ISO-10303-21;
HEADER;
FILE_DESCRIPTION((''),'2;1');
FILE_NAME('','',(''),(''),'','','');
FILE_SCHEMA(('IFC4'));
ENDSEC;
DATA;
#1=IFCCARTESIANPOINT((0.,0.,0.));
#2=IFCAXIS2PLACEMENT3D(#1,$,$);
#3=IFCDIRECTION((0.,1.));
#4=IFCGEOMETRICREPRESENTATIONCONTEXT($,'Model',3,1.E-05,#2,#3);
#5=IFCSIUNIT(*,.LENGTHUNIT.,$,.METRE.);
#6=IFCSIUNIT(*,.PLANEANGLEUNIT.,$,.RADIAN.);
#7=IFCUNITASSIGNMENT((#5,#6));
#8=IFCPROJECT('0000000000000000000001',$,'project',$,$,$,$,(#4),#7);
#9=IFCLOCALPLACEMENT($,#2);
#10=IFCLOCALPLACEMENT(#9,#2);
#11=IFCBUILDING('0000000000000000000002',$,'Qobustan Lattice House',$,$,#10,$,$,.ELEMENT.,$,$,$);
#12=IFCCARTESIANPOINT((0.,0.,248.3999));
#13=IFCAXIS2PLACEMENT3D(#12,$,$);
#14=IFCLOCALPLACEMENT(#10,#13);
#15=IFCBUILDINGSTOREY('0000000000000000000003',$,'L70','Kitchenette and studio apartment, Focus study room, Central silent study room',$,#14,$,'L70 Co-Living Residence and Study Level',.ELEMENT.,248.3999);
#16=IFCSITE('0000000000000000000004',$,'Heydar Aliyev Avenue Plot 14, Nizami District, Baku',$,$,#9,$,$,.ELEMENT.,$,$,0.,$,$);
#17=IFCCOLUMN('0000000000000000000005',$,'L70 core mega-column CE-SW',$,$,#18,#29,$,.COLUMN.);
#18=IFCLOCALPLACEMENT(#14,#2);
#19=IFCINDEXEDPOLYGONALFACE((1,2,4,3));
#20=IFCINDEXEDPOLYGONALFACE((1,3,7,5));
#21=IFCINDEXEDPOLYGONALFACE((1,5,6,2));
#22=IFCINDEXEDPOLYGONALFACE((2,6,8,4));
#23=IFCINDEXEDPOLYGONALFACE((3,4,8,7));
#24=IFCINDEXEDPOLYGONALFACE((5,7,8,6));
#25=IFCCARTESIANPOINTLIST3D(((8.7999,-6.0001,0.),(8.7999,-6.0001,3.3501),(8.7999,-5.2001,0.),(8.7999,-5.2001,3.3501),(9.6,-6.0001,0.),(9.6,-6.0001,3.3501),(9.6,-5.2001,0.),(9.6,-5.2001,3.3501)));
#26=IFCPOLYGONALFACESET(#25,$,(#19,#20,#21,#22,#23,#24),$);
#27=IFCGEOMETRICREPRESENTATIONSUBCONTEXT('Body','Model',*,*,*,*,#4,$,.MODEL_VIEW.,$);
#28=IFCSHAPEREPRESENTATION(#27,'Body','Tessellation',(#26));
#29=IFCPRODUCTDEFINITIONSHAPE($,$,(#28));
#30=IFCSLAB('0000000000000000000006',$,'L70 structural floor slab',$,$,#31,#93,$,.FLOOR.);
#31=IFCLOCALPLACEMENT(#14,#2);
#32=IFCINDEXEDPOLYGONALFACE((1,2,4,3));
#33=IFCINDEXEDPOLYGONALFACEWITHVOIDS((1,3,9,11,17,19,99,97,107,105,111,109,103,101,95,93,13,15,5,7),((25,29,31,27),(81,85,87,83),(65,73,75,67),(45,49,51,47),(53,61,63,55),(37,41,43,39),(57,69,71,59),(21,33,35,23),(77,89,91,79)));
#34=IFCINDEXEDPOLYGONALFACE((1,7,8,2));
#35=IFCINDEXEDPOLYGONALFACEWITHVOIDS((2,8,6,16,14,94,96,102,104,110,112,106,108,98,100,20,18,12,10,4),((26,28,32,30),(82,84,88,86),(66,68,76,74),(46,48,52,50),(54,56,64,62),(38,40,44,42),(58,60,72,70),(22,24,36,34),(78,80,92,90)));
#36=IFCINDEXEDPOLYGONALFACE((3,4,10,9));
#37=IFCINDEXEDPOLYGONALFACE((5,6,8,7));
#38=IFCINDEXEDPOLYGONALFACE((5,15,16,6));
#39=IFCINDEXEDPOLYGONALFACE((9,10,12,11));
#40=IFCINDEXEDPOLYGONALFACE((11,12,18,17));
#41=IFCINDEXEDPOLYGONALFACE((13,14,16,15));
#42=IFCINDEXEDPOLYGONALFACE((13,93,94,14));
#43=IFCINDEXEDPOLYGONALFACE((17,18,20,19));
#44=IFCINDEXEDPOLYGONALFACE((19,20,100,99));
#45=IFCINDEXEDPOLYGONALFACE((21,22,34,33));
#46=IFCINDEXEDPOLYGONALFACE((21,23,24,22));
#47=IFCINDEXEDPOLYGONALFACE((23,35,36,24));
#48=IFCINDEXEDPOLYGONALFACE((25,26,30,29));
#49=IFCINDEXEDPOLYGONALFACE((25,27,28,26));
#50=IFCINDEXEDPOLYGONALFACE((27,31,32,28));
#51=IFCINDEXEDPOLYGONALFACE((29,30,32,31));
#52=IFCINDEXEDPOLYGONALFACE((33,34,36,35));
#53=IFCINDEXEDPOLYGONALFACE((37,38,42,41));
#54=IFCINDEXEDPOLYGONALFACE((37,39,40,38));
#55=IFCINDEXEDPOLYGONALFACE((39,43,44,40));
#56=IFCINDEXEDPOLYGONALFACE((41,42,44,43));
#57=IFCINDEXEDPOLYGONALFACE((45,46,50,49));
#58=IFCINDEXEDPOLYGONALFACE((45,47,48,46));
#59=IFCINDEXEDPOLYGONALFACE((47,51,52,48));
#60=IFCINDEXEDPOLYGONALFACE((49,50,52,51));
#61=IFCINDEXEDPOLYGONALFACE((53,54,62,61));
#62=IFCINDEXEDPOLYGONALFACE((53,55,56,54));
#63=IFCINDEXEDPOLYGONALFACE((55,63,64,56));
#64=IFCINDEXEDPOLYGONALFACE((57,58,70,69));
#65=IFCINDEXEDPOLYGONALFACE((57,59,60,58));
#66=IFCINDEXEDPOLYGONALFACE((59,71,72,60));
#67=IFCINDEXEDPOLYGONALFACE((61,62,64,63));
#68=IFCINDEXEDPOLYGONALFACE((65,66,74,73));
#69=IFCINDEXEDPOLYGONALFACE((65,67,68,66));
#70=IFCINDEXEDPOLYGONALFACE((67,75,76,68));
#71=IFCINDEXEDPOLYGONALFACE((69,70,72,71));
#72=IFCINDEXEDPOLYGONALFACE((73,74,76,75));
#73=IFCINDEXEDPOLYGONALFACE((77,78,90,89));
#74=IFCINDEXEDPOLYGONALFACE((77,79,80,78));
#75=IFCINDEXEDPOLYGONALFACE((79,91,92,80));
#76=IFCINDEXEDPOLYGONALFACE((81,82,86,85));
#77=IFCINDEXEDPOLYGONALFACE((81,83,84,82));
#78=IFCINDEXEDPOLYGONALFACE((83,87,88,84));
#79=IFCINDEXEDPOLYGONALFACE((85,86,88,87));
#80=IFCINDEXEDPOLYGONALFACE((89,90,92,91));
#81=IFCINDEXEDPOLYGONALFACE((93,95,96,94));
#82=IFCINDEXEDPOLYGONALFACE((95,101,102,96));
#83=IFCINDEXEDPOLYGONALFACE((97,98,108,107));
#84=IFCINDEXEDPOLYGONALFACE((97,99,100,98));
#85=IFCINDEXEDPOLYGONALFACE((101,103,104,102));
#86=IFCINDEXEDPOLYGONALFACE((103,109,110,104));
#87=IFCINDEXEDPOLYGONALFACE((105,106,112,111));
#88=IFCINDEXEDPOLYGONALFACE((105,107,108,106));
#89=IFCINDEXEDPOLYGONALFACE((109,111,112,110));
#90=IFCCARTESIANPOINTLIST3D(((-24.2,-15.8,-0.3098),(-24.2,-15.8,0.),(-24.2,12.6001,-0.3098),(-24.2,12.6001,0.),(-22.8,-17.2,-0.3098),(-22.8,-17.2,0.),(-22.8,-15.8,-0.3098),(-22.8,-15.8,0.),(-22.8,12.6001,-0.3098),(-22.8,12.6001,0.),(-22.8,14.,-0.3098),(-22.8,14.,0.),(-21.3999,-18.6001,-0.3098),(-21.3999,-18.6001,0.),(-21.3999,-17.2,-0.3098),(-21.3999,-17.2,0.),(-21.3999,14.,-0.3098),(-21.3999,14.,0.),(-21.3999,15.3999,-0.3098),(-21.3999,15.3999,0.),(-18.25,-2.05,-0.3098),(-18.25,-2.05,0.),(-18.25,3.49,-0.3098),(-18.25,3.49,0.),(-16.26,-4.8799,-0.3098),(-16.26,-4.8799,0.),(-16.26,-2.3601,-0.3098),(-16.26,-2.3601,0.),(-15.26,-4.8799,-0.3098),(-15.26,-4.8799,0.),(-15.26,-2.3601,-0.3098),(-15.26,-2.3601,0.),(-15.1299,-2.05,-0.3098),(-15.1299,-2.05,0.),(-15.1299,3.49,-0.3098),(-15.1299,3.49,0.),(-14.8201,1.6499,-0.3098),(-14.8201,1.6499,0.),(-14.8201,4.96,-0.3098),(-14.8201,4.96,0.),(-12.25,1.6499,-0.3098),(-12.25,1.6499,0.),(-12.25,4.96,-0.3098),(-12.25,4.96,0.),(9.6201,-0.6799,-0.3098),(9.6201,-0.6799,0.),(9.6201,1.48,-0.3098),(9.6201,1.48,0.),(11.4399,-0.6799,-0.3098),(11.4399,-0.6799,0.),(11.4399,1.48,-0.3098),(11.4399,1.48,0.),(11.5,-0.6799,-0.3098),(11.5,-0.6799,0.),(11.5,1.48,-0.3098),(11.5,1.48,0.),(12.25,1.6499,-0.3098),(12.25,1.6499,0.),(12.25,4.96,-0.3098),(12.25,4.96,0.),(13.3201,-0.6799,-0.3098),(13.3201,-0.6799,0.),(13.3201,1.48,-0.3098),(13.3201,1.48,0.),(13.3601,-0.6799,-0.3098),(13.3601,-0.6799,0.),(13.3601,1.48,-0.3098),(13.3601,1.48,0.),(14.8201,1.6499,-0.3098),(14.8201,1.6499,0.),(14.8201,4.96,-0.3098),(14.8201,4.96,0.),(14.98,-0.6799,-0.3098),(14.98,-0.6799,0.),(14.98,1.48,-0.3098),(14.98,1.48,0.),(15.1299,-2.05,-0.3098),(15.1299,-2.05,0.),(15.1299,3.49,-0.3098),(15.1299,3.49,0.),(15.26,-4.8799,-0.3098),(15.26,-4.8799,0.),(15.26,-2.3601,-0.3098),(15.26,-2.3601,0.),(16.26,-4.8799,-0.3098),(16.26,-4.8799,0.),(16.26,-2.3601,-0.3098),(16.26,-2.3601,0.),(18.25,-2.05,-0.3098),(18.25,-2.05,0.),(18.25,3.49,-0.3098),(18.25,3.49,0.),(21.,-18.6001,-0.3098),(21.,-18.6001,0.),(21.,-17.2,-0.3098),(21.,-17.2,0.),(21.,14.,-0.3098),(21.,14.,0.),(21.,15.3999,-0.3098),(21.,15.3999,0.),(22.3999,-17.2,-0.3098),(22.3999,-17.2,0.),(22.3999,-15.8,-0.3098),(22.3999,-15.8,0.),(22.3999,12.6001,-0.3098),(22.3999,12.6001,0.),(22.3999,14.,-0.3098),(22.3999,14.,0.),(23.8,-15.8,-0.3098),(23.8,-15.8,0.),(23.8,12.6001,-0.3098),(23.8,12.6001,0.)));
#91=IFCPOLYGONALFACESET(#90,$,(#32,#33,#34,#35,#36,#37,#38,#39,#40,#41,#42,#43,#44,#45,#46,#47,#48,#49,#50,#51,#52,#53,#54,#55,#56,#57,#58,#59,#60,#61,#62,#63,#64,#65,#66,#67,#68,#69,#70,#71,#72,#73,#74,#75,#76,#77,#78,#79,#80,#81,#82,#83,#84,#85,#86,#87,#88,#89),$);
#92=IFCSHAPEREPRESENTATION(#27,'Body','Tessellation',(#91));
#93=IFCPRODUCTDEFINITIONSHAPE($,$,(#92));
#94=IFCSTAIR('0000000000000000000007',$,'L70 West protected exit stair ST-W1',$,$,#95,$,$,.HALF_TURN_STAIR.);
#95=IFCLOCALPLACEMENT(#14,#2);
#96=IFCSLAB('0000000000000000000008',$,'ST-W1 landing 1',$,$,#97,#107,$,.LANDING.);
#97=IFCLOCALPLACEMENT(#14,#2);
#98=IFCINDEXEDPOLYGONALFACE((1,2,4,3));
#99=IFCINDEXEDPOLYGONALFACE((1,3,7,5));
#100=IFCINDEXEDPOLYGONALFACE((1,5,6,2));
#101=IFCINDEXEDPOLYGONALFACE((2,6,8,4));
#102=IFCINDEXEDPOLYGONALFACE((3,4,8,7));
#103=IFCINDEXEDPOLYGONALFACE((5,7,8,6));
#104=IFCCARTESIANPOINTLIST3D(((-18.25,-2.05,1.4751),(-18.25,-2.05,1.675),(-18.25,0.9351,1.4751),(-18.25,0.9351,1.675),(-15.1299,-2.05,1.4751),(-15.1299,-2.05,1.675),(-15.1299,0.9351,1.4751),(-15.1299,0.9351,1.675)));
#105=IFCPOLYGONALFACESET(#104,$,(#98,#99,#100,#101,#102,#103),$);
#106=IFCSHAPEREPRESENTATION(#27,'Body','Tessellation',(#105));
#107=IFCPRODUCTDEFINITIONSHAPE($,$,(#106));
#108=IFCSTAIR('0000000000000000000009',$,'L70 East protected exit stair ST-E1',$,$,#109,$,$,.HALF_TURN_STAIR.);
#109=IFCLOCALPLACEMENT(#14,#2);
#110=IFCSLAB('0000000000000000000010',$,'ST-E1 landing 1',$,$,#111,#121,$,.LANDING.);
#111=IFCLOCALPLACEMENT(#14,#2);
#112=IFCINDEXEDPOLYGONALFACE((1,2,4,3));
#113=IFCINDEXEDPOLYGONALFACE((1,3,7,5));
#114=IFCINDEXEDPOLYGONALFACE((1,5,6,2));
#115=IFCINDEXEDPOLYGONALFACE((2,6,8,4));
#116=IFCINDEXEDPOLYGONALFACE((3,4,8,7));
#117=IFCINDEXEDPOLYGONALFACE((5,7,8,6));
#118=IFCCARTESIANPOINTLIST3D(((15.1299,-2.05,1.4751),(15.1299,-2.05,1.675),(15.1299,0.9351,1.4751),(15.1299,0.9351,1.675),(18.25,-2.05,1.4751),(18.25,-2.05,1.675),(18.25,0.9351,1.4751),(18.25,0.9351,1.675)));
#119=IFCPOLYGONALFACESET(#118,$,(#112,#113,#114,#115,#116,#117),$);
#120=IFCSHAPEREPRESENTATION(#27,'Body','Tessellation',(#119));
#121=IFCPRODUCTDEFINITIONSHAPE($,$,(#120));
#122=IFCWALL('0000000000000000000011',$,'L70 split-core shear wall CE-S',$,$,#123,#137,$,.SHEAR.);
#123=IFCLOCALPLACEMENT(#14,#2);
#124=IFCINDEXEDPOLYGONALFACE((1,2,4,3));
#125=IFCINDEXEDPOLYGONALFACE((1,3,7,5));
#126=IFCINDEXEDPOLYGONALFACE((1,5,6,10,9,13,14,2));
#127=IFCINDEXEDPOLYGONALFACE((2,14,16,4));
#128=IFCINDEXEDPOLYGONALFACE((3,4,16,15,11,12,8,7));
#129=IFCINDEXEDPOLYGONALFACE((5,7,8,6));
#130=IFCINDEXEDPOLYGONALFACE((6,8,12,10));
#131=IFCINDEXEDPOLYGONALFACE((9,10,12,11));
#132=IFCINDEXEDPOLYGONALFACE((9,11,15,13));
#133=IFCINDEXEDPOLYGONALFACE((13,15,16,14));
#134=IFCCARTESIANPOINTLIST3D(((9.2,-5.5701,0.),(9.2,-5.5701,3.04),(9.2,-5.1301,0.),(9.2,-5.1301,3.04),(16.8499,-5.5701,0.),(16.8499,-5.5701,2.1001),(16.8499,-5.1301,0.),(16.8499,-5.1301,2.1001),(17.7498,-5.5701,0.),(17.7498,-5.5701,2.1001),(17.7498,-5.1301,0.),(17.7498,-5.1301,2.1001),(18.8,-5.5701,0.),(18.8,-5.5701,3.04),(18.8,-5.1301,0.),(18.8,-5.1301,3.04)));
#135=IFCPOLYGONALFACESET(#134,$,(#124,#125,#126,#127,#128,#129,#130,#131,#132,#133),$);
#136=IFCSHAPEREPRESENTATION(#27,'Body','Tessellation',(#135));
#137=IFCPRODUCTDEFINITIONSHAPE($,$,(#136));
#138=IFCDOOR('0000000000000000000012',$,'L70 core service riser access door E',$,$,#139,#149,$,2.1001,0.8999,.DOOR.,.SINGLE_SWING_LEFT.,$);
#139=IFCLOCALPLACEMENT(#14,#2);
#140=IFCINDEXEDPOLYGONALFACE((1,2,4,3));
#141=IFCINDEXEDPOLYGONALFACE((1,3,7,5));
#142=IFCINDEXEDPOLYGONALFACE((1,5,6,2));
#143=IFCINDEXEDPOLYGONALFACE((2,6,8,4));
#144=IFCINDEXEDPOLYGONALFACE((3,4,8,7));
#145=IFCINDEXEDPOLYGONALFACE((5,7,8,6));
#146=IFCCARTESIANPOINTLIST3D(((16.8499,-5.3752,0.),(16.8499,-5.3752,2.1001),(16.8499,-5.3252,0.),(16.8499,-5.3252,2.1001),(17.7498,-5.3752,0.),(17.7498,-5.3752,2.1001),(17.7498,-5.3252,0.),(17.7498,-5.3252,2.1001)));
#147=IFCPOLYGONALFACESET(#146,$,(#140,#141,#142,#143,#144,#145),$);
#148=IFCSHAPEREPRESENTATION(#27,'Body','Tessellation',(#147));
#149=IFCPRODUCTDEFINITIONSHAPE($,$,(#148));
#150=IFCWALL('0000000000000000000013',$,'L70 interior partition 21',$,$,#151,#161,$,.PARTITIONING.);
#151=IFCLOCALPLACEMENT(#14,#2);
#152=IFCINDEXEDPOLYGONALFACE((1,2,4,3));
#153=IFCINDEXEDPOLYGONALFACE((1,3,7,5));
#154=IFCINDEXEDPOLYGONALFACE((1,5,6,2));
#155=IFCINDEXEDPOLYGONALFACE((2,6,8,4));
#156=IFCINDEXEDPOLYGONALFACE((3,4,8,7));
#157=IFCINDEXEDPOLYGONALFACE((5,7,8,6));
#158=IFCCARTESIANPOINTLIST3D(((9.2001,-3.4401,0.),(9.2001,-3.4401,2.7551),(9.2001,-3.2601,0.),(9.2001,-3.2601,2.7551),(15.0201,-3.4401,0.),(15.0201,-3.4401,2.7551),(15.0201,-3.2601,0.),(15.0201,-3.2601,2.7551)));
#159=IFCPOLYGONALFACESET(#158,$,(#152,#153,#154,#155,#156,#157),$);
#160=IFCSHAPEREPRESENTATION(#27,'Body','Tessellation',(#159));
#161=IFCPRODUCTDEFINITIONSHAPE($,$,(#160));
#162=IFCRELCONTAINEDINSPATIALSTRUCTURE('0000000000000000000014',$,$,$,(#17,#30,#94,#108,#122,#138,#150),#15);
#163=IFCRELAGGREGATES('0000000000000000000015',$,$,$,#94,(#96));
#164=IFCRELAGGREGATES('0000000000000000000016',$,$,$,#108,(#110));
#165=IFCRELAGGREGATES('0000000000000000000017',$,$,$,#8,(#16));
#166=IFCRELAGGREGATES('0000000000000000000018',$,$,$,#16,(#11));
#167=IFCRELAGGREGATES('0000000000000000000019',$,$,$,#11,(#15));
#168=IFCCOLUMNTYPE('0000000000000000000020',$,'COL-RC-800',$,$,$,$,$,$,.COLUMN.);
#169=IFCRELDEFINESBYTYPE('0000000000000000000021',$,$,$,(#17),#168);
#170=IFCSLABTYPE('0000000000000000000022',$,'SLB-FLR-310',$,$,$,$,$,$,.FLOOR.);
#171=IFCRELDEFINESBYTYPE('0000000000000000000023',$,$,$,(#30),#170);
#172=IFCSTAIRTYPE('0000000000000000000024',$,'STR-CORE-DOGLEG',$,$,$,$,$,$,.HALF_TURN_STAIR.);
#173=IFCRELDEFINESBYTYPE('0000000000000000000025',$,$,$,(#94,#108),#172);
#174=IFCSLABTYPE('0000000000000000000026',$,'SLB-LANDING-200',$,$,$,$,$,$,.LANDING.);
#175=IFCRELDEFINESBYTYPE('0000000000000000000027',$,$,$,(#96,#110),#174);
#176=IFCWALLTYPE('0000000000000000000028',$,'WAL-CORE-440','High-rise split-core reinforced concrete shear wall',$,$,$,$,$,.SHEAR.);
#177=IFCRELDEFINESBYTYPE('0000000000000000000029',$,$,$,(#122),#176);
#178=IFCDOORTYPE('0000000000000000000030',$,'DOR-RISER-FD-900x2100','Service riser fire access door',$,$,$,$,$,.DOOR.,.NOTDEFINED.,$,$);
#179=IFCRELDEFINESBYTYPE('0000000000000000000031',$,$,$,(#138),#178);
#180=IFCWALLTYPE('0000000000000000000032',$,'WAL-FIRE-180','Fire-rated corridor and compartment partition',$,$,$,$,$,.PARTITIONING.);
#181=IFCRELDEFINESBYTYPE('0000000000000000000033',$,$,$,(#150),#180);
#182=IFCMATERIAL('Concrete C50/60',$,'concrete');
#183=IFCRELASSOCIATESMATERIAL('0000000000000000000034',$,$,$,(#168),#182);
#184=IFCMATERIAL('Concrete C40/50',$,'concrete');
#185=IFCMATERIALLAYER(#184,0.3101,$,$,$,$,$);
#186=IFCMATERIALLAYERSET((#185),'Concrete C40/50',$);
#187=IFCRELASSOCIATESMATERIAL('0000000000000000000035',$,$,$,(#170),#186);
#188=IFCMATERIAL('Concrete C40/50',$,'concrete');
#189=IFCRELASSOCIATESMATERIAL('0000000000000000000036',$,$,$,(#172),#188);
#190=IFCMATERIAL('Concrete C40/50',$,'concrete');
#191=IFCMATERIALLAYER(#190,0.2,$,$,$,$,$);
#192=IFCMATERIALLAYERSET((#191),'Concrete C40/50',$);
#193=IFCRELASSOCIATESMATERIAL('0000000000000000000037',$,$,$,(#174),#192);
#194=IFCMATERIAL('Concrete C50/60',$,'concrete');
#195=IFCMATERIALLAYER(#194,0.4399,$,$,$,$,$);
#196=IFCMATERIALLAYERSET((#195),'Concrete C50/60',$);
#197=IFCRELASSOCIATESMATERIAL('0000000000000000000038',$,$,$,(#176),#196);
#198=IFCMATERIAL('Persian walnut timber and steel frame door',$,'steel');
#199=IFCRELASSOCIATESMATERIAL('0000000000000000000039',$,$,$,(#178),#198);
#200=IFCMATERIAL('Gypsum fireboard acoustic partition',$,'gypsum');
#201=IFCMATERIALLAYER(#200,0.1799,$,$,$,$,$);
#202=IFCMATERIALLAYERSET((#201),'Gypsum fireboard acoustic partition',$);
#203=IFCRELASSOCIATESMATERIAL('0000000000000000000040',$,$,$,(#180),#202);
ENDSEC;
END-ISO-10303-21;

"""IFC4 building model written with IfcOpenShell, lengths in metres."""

from ifc_helpers import new_model, si_unit, direction, frame, frame_2d, origin, origin_2d, place, context, subcontext, project, spatial, polyline, rectangle, outline, extrude, material, layer, layer_set, material_profile, profile_set, type_object, element, fill, aggregate, save


model = new_model("IFC4")

# Units and contexts
model_context = context("Model", 3, precision=1e-05, world=origin(), true_north=direction((0.0, 1.0)))
body_context = subcontext(model_context, "Body", "Model", "MODEL_VIEW")
ifc_project = project(units=[si_unit("LENGTHUNIT", "METRE"), si_unit("PLANEANGLEUNIT", "RADIAN")], contexts=[model_context])

# Site, building, storey
site_placement = place(None, origin())
site = spatial("IfcSite", under=ifc_project, at=site_placement, Name="Heydar Aliyev Avenue Plot 14, Nizami District, Baku", CompositionType="ELEMENT", RefElevation=0.0)
building_placement = place(site_placement, origin())
building = spatial("IfcBuilding", under=site, at=building_placement, Name="Qobustan Lattice House", CompositionType="ELEMENT")
storey_placement = place(building_placement, frame((0.0, 0.0, 248.3999)))
storey = spatial("IfcBuildingStorey", under=building, at=storey_placement, Name="L70", Description="Kitchenette and studio apartment, Focus study room, Central silent study room", LongName="L70 Co-Living Residence and Study Level", CompositionType="ELEMENT", Elevation=248.3999)

# Column
ifc_material_1 = material(Name="Concrete C50/60", Category="concrete")
ifc_material_profile = material_profile(ifc_material_1, rectangle(XDim=0.8, YDim=0.8, at=origin_2d()), Name="RC800x800")
ifc_profile_set = profile_set([ifc_material_profile], Name="Concrete C50/60")
column_type = type_object("IfcColumnType", Name="COL-RC-800", PredefinedType="COLUMN", material=ifc_profile_set)
column_placement = place(storey_placement, frame((9.2, -5.6001, 0.0), z_axis=(0.0, 0.0, 1.0), x_axis=(1.0, 0.0, 0.0)))
element("IfcColumn", 1, at=column_placement, inside=storey, type_object=column_type, Name="L70 core mega-column CE-SW", PredefinedType="COLUMN", context=body_context, shape_type="SweptSolid", body=[
    extrude(rectangle(XDim=0.8, YDim=0.8, at=origin_2d()), origin(), (0.0, 0.0, 1.0), 3.3501),
])

# Slab
ifc_material_2 = material(Name="Concrete C40/50", Category="concrete")
ifc_layer_1 = layer(ifc_material_2, 0.3101)
ifc_layer_set_1 = layer_set([ifc_layer_1], Name="Concrete C40/50")
slab_type_1 = type_object("IfcSlabType", Name="SLB-FLR-310", PredefinedType="FLOOR", material=ifc_layer_set_1)
slab_1_placement = place(storey_placement, frame((0.0, 0.0, -0.3098)))
element("IfcSlab", 2, at=slab_1_placement, inside=storey, type_object=slab_type_1, Name="L70 structural floor slab", PredefinedType="FLOOR", context=body_context, shape_type="SweptSolid", body=[
    extrude(outline(polyline([(-21.3999, -18.6001), (21.0, -18.6001), (21.0, -17.2), (22.3999, -17.2), (22.3999, -15.8), (23.8, -15.8), (23.8, 12.6001), (22.3999, 12.6001), (22.3999, 14.0), (21.0, 14.0), (21.0, 15.3999), (-21.3999, 15.3999), (-21.3999, 14.0), (-22.8, 14.0), (-22.8, 12.6001), (-24.2, 12.6001), (-24.2, -15.8), (-22.8, -15.8), (-22.8, -17.2), (-21.3999, -17.2), (-21.3999, -18.6001)]), holes=[polyline([(-18.25, -2.05), (-18.25, 3.49), (-15.1299, 3.49), (-15.1299, -2.05), (-18.25, -2.05)]), polyline([(15.1299, -2.05), (15.1299, 3.49), (18.25, 3.49), (18.25, -2.05), (15.1299, -2.05)]), polyline([(-14.8201, 1.6499), (-14.8201, 4.96), (-12.25, 4.96), (-12.25, 1.6499), (-14.8201, 1.6499)]), polyline([(12.25, 1.6499), (12.25, 4.96), (14.8201, 4.96), (14.8201, 1.6499), (12.25, 1.6499)]), polyline([(-16.26, -4.8799), (-16.26, -2.3601), (-15.26, -2.3601), (-15.26, -4.8799), (-16.26, -4.8799)]), polyline([(15.26, -4.8799), (15.26, -2.3601), (16.26, -2.3601), (16.26, -4.8799), (15.26, -4.8799)]), polyline([(13.3601, -0.6799), (13.3601, 1.48), (14.98, 1.48), (14.98, -0.6799), (13.3601, -0.6799)]), polyline([(9.6201, -0.6799), (9.6201, 1.48), (11.4399, 1.48), (11.4399, -0.6799), (9.6201, -0.6799)]), polyline([(11.5, -0.6799), (11.5, 1.48), (13.3201, 1.48), (13.3201, -0.6799), (11.5, -0.6799)])]), origin(), (0.0, 0.0, 1.0), 0.3098),
])

# Stairs, slabs
ifc_material_3 = material(Name="Concrete C40/50", Category="concrete")
stair_type = type_object("IfcStairType", Name="STR-CORE-DOGLEG", PredefinedType="HALF_TURN_STAIR", material=ifc_material_3)
stair_1_placement = place(storey_placement, origin())
stair_1 = element("IfcStair", 3, at=stair_1_placement, inside=storey, type_object=stair_type, Name="L70 West protected exit stair ST-W1", PredefinedType="HALF_TURN_STAIR")
ifc_material_4 = material(Name="Concrete C40/50", Category="concrete")
ifc_layer_2 = layer(ifc_material_4, 0.2)
ifc_layer_set_2 = layer_set([ifc_layer_2], Name="Concrete C40/50")
slab_type_2 = type_object("IfcSlabType", Name="SLB-LANDING-200", PredefinedType="LANDING", material=ifc_layer_set_2)
slab_2_placement = place(storey_placement, frame((0.0, 0.0, 1.4751)))
slab_2 = element("IfcSlab", 4, at=slab_2_placement, type_object=slab_type_2, Name="ST-W1 landing 1", PredefinedType="LANDING", context=body_context, shape_type="SweptSolid", body=[
    extrude(outline(polyline([(-18.25, 0.9351), (-18.25, -2.05), (-15.1299, -2.05), (-15.1299, 0.9351), (-18.25, 0.9351)])), origin(), (0.0, 0.0, 1.0), 0.2),
])
aggregate(stair_1, [slab_2])
stair_2_placement = place(storey_placement, origin())
stair_2 = element("IfcStair", 5, at=stair_2_placement, inside=storey, type_object=stair_type, Name="L70 East protected exit stair ST-E1", PredefinedType="HALF_TURN_STAIR")
slab_3_placement = place(storey_placement, frame((0.0, 0.0, 1.4751)))
slab_3 = element("IfcSlab", 6, at=slab_3_placement, type_object=slab_type_2, Name="ST-E1 landing 1", PredefinedType="LANDING", context=body_context, shape_type="SweptSolid", body=[
    extrude(outline(polyline([(15.1299, 0.9351), (15.1299, -2.05), (18.25, -2.05), (18.25, 0.9351), (15.1299, 0.9351)])), origin(), (0.0, 0.0, 1.0), 0.2),
])
aggregate(stair_2, [slab_3])

# Wall, opening, door
ifc_material_5 = material(Name="Concrete C50/60", Category="concrete")
ifc_layer_3 = layer(ifc_material_5, 0.4399)
ifc_layer_set_3 = layer_set([ifc_layer_3], Name="Concrete C50/60")
wall_type_1 = type_object("IfcWallType", Name="WAL-CORE-440", Description="High-rise split-core reinforced concrete shear wall", PredefinedType="SHEAR", material=ifc_layer_set_3)
wall_1_placement = place(storey_placement, frame((9.2, -5.3501, 0.0), z_axis=(0.0, 0.0, 1.0), x_axis=(1.0, 0.0, 0.0)))
wall_1 = element("IfcWall", 7, at=wall_1_placement, inside=storey, type_object=wall_type_1, Name="L70 split-core shear wall CE-S", PredefinedType="SHEAR", context=body_context, shape_type="SweptSolid", body=[
    extrude(rectangle(XDim=9.6001, YDim=0.4399, at=frame_2d((4.8, 0.0))), origin(), (0.0, 0.0, 1.0), 3.04),
])
opening_1_placement = place(wall_1_placement, frame((7.6499, 0.0, 0.0)))
opening_1 = element("IfcOpeningElement", 8, at=opening_1_placement, cuts=wall_1, PredefinedType="OPENING", context=body_context, shape_type="SweptSolid", body=[
    extrude(rectangle(XDim=0.8999, YDim=2.1001, at=frame_2d((0.45, 1.05))), frame((0.0, 0.23, 0.0), z_axis=(0.0, -1.0, 0.0), x_axis=(1.0, 0.0, 0.0)), (0.0, 0.0, 1.0), 0.46),
])
ifc_material_6 = material(Name="Persian walnut timber and steel frame door", Category="steel")
door_type_1 = type_object("IfcDoorType", Name="DOR-RISER-FD-900x2100", Description="Service riser fire access door", OperationType="NOTDEFINED", PredefinedType="DOOR", material=ifc_material_6)
door_1_placement = place(opening_1_placement, origin())
door_1 = element("IfcDoor", 9, at=door_1_placement, inside=storey, type_object=door_type_1, Name="L70 core service riser access door E", OperationType="SINGLE_SWING_LEFT", OverallHeight=2.1001, OverallWidth=0.8999, PredefinedType="DOOR", context=body_context, shape_type="SweptSolid", body=[
    extrude(rectangle(XDim=0.8999, YDim=2.1001, at=frame_2d((0.45, 1.05))), frame((0.0, 0.0249, 0.0), z_axis=(0.0, -1.0, 0.0), x_axis=(1.0, 0.0, 0.0)), (0.0, 0.0, 1.0), 0.05),
])
fill(opening_1, door_1)

# Wall
ifc_material_7 = material(Name="Gypsum fireboard acoustic partition", Category="gypsum")
ifc_layer_4 = layer(ifc_material_7, 0.1799)
ifc_layer_set_4 = layer_set([ifc_layer_4], Name="Gypsum fireboard acoustic partition")
wall_type_2 = type_object("IfcWallType", Name="WAL-FIRE-180", Description="Fire-rated corridor and compartment partition", PredefinedType="PARTITIONING", material=ifc_layer_set_4)
wall_2_placement = place(storey_placement, frame((9.2, -3.3501, 0.0), z_axis=(0.0, 0.0, 1.0), x_axis=(1.0, 0.0, 0.0)))
element("IfcWall", 10, at=wall_2_placement, inside=storey, type_object=wall_type_2, Name="L70 interior partition 21", PredefinedType="PARTITIONING", context=body_context, shape_type="SweptSolid", body=[
    extrude(rectangle(XDim=5.8201, YDim=0.1799, at=frame_2d((2.9102, 0.0))), origin(), (0.0, 0.0, 1.0), 2.7551),
])

save(model, "model.ifc")
